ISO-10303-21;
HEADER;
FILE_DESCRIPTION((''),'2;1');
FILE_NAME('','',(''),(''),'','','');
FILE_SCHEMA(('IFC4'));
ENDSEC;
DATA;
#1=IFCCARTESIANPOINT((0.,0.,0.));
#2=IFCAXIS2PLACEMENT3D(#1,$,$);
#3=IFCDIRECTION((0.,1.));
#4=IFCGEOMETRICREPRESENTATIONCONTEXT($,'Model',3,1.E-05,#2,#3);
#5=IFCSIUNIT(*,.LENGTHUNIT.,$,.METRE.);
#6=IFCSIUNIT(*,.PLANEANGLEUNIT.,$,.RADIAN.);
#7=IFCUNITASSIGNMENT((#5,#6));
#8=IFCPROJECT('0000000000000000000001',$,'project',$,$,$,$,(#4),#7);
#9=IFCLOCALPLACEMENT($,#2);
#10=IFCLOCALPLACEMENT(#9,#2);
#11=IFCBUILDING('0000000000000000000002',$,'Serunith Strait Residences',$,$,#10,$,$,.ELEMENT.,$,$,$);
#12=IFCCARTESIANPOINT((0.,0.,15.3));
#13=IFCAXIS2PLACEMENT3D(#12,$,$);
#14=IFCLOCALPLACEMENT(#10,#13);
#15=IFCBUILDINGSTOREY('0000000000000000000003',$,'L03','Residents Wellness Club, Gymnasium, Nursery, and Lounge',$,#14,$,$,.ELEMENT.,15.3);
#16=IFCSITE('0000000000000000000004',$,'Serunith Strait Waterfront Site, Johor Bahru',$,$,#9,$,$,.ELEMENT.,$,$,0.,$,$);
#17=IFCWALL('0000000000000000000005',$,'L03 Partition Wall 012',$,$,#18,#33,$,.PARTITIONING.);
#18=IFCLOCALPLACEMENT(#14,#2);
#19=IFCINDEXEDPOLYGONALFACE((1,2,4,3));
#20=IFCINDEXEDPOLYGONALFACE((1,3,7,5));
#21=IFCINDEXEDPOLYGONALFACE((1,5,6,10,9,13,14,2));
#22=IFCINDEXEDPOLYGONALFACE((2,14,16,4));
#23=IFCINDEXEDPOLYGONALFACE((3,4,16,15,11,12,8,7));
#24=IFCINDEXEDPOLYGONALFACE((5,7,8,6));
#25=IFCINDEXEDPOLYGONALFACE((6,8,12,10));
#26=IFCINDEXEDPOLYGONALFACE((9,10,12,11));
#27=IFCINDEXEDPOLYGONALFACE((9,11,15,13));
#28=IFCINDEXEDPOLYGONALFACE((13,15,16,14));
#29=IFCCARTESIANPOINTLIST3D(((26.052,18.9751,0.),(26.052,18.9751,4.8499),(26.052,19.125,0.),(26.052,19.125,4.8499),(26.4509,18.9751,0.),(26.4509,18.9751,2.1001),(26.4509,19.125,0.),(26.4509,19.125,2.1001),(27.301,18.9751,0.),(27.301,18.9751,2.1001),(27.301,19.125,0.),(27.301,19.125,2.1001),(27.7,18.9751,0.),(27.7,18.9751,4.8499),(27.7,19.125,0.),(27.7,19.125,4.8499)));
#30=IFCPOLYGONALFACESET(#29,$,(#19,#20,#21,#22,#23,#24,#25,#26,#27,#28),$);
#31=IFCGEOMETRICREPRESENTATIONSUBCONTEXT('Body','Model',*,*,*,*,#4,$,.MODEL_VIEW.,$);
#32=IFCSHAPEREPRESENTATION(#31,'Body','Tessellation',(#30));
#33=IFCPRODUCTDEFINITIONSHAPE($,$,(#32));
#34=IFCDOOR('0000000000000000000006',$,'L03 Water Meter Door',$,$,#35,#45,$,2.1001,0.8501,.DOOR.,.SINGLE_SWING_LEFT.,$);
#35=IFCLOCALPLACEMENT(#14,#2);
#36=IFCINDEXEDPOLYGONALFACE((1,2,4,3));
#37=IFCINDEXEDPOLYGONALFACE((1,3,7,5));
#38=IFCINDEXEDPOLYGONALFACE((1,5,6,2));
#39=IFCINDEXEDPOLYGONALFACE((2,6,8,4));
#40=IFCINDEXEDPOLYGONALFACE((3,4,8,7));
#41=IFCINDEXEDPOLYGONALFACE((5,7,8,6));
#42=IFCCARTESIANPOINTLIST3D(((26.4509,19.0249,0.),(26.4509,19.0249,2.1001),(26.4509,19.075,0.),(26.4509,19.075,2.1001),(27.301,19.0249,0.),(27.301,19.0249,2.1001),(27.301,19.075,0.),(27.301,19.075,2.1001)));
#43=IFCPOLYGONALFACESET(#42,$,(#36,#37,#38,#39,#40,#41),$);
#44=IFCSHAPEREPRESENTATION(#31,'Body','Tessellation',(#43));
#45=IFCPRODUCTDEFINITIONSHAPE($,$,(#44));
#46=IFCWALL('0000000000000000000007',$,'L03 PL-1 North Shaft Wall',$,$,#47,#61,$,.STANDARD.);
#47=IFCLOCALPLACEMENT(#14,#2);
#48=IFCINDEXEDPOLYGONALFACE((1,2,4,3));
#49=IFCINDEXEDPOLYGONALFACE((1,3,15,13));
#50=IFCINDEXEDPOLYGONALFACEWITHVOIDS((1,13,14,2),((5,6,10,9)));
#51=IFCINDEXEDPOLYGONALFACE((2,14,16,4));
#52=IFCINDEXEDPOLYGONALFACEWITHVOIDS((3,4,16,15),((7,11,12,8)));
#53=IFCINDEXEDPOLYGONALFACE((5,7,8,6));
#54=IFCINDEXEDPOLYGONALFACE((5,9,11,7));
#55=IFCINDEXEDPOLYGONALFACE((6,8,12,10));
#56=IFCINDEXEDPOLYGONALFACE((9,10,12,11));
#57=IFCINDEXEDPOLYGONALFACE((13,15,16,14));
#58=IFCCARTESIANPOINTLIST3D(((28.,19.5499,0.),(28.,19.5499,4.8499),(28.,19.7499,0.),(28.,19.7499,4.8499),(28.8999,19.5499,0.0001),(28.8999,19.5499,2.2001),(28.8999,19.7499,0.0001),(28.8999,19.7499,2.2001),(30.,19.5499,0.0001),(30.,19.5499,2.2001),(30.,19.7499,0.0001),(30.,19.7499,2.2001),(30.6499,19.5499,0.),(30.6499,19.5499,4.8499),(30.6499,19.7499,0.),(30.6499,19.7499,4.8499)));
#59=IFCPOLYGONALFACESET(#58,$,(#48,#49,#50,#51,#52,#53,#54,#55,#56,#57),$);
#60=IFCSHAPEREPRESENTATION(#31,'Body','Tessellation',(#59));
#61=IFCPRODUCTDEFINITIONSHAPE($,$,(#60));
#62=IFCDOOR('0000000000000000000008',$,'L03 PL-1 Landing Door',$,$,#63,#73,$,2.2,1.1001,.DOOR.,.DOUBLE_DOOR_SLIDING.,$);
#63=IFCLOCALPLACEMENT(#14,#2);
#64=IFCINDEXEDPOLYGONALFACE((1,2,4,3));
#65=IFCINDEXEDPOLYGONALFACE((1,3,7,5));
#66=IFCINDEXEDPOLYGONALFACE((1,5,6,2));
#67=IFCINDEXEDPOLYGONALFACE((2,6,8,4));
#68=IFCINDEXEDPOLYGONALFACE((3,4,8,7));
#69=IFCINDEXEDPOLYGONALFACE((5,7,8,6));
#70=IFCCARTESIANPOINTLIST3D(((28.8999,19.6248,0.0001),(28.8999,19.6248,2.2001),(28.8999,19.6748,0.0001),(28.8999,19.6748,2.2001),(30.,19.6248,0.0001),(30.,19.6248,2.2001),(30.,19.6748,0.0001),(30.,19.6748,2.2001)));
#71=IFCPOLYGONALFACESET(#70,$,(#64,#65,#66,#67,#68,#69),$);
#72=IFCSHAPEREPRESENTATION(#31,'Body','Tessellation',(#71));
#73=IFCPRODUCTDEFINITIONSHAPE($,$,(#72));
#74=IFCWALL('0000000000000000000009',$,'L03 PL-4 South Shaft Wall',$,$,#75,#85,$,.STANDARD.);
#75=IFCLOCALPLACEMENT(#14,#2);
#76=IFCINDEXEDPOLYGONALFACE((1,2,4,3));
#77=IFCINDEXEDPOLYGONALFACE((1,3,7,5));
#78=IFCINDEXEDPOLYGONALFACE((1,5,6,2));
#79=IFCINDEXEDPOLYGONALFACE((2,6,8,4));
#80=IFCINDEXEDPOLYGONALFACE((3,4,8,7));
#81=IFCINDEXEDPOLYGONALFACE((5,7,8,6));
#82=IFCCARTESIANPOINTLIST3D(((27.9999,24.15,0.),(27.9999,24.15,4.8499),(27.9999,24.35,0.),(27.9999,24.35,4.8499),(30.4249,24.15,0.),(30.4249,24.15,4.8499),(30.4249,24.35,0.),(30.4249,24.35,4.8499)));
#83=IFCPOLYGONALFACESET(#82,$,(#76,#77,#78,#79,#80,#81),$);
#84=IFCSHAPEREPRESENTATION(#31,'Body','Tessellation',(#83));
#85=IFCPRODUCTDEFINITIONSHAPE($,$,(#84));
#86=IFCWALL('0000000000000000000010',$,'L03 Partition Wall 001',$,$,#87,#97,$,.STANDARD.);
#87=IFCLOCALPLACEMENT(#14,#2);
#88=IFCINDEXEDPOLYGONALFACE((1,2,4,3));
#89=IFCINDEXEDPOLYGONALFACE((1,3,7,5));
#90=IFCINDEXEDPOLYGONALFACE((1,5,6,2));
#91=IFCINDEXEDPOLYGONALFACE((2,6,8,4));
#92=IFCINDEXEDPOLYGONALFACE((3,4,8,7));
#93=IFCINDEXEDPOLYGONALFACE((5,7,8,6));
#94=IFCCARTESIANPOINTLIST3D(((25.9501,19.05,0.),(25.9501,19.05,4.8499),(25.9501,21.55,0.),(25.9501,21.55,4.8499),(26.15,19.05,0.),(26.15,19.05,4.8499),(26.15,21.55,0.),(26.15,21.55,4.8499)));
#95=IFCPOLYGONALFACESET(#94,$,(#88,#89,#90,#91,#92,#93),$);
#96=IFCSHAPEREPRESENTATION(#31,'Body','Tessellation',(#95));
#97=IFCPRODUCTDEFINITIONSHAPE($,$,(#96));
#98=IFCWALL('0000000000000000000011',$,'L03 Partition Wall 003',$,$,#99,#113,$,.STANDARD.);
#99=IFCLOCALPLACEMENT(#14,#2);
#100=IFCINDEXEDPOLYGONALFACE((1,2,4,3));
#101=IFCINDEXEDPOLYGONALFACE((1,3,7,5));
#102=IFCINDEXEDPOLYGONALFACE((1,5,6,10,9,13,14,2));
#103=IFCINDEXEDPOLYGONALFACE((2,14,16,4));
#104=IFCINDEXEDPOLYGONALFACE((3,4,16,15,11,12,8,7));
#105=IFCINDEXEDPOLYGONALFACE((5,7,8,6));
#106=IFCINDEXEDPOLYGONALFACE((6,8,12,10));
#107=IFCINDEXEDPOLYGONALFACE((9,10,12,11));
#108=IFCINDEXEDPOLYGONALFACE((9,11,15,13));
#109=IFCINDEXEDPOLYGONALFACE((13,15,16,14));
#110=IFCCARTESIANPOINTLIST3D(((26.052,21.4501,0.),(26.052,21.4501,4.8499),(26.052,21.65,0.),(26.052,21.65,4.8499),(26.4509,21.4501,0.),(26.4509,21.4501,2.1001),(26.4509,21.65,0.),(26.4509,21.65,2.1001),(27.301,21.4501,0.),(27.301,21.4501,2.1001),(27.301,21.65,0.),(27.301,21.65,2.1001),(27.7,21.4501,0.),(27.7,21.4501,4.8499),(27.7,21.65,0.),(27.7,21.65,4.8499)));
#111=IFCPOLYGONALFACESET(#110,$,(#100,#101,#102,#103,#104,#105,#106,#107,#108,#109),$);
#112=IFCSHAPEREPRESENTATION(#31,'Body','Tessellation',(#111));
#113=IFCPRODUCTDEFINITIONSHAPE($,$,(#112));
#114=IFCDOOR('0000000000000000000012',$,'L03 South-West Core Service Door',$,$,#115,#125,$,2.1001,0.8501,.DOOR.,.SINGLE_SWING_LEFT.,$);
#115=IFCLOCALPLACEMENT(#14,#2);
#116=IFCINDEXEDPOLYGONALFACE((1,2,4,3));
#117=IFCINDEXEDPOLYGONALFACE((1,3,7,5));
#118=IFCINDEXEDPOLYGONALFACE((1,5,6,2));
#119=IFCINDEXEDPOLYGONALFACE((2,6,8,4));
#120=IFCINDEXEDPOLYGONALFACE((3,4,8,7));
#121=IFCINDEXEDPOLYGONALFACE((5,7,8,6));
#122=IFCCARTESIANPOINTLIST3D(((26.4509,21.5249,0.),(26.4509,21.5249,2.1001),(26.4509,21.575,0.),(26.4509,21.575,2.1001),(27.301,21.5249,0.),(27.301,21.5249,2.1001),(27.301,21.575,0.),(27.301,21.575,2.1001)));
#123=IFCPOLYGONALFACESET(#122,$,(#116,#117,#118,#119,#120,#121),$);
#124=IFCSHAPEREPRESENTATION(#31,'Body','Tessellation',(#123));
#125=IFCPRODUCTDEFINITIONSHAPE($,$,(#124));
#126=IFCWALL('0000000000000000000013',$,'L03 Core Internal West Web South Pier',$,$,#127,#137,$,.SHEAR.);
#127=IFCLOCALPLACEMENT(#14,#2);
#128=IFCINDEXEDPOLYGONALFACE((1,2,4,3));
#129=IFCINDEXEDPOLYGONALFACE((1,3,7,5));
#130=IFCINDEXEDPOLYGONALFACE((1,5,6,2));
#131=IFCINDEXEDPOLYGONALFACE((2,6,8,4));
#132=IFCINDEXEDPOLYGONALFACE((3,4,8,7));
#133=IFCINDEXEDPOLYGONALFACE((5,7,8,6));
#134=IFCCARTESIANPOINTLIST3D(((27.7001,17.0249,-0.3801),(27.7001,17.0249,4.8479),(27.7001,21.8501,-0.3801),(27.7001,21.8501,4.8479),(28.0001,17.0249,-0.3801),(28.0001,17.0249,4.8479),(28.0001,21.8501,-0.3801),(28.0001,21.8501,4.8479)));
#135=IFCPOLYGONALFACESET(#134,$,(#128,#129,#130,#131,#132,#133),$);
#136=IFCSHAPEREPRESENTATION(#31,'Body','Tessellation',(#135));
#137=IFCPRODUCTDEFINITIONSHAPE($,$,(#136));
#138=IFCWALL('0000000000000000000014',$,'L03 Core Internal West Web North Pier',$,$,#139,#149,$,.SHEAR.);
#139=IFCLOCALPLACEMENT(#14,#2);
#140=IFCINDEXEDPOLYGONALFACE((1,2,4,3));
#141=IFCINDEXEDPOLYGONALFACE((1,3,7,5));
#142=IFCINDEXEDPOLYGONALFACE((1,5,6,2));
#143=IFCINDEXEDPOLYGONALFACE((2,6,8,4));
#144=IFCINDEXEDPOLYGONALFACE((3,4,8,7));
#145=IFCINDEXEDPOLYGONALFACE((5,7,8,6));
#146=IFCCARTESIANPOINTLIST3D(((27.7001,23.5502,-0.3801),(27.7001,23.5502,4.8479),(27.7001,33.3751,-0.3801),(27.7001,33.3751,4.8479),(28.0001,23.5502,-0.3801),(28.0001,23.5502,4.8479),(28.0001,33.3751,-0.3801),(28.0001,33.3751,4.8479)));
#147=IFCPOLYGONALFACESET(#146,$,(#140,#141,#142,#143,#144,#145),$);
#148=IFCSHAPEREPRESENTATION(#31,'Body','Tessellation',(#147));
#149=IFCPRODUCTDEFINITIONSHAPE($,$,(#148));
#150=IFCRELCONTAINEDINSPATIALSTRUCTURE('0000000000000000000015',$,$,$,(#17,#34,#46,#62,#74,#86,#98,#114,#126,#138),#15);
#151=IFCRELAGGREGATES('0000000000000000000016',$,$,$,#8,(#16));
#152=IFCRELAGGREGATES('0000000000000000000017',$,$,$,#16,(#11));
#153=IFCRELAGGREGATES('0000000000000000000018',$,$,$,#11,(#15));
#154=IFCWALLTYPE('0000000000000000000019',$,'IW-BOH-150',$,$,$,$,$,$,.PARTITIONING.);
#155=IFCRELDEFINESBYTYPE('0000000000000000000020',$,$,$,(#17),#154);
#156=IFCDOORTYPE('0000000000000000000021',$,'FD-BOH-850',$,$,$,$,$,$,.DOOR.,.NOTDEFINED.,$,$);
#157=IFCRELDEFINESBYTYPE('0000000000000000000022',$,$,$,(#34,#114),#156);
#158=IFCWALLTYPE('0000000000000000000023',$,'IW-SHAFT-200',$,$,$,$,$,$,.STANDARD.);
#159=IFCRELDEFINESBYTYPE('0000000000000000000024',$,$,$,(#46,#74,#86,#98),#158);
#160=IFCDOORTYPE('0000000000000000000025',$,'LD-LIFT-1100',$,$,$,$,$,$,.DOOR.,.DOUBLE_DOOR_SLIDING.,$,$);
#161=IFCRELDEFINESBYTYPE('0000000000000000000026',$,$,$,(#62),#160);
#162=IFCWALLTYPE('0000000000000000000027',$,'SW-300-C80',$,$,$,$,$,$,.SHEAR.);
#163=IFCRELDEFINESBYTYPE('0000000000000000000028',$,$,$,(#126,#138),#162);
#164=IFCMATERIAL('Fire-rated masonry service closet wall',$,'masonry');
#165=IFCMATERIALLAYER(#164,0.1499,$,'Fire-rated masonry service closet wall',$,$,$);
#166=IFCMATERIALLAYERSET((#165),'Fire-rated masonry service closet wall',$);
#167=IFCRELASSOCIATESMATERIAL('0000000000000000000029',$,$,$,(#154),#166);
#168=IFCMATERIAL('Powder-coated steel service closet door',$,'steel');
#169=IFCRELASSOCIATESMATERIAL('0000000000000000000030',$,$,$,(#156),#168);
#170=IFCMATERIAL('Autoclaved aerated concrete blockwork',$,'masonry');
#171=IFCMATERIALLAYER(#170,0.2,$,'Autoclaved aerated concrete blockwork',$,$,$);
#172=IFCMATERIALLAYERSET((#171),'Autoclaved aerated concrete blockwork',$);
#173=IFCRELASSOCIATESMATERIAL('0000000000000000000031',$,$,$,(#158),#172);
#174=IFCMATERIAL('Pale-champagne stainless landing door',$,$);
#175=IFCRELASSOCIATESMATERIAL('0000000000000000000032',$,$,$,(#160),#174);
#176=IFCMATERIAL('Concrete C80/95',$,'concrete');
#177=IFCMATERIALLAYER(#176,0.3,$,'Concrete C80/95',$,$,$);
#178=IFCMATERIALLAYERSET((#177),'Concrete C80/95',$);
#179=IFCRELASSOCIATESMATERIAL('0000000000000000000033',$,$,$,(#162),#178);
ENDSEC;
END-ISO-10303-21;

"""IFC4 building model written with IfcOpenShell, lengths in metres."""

from ifc_helpers import new_model, si_unit, direction, frame, frame_2d, origin, place, context, subcontext, project, spatial, rectangle, extrude, source, transform, mapped, material, layer, layer_set, type_object, element, fill, save


model = new_model("IFC4")

# Units and contexts
model_context = context("Model", 3, precision=1e-05, world=origin(), true_north=direction((0.0, 1.0)))
body_context = subcontext(model_context, "Body", "Model", "MODEL_VIEW")
ifc_project = project(units=[si_unit("LENGTHUNIT", "METRE"), si_unit("PLANEANGLEUNIT", "RADIAN")], contexts=[model_context])

# Site, building, storey
site_placement = place(None, origin())
site = spatial("IfcSite", under=ifc_project, at=site_placement, Name="Serunith Strait Waterfront Site, Johor Bahru", CompositionType="ELEMENT", RefElevation=0.0)
building_placement = place(site_placement, origin())
building = spatial("IfcBuilding", under=site, at=building_placement, Name="Serunith Strait Residences", CompositionType="ELEMENT")
storey_placement = place(building_placement, frame((0.0, 0.0, 15.3)))
storey = spatial("IfcBuildingStorey", under=building, at=storey_placement, Name="L03", Description="Residents Wellness Club, Gymnasium, Nursery, and Lounge", CompositionType="ELEMENT", Elevation=15.3)

# Walls, openings, doors
ifc_material_1 = material(Name="Fire-rated masonry service closet wall", Category="masonry")
ifc_layer_1 = layer(ifc_material_1, 0.1499, Name="Fire-rated masonry service closet wall")
ifc_layer_set_1 = layer_set([ifc_layer_1], Name="Fire-rated masonry service closet wall")
wall_type_1 = type_object("IfcWallType", Name="IW-BOH-150", PredefinedType="PARTITIONING", material=ifc_layer_set_1)
wall_1_placement = place(storey_placement, frame((26.052, 19.05, 0.0), z_axis=(0.0, 0.0, 1.0), x_axis=(1.0, 0.0, 0.0)))
wall_1 = element("IfcWall", 1, at=wall_1_placement, inside=storey, type_object=wall_type_1, Name="L03 Partition Wall 012", PredefinedType="PARTITIONING", context=body_context, shape_type="SweptSolid", body=[
    extrude(rectangle(XDim=1.6479, YDim=0.1499, at=frame_2d((0.824, 0.0))), origin(), (0.0, 0.0, 1.0), 4.8499),
])
opening_1_placement = place(wall_1_placement, frame((0.3989, 0.0, 0.0)))
opening_1 = element("IfcOpeningElement", 2, at=opening_1_placement, cuts=wall_1, PredefinedType="OPENING", context=body_context, shape_type="SweptSolid", body=[
    extrude(rectangle(XDim=0.8501, YDim=2.1001, at=frame_2d((0.425, 1.05))), frame((0.0, 0.085, 0.0), z_axis=(0.0, -1.0, 0.0), x_axis=(1.0, 0.0, 0.0)), (0.0, 0.0, 1.0), 0.1699),
])
ifc_material_2 = material(Name="Powder-coated steel service closet door", Category="steel")
door_type_1 = type_object("IfcDoorType", Name="FD-BOH-850", OperationType="NOTDEFINED", PredefinedType="DOOR", material=ifc_material_2)
shared_shape_1 = source(origin(), body_context, "Body", "SweptSolid", [
    extrude(rectangle(XDim=0.8501, YDim=2.1001, at=frame_2d((0.425, 1.05))), frame((0.0, 0.0249, 0.0), z_axis=(0.0, -1.0, 0.0), x_axis=(1.0, 0.0, 0.0)), (0.0, 0.0, 1.0), 0.05),
])
door_1_placement = place(opening_1_placement, origin())
door_1 = element("IfcDoor", 3, at=door_1_placement, inside=storey, type_object=door_type_1, Name="L03 Water Meter Door", OperationType="SINGLE_SWING_LEFT", OverallHeight=2.1001, OverallWidth=0.8501, PredefinedType="DOOR", context=body_context, shape_type="MappedRepresentation", body=[
    mapped(shared_shape_1, transform((0.0, 0.0, 0.0), scale=1.0)),
])
fill(opening_1, door_1)
ifc_material_3 = material(Name="Autoclaved aerated concrete blockwork", Category="masonry")
ifc_layer_2 = layer(ifc_material_3, 0.2, Name="Autoclaved aerated concrete blockwork")
ifc_layer_set_2 = layer_set([ifc_layer_2], Name="Autoclaved aerated concrete blockwork")
wall_type_2 = type_object("IfcWallType", Name="IW-SHAFT-200", PredefinedType="STANDARD", material=ifc_layer_set_2)
wall_2_placement = place(storey_placement, frame((28.0, 19.6499, 0.0), z_axis=(0.0, 0.0, 1.0), x_axis=(1.0, 0.0, 0.0)))
wall_2 = element("IfcWall", 4, at=wall_2_placement, inside=storey, type_object=wall_type_2, Name="L03 PL-1 North Shaft Wall", PredefinedType="STANDARD", context=body_context, shape_type="SweptSolid", body=[
    extrude(rectangle(XDim=2.6499, YDim=0.2, at=frame_2d((1.325, 0.0))), origin(), (0.0, 0.0, 1.0), 4.8499),
])
opening_2_placement = place(wall_2_placement, frame((0.8999, 0.0, 0.0)))
opening_2 = element("IfcOpeningElement", 5, at=opening_2_placement, cuts=wall_2, PredefinedType="OPENING", context=body_context, shape_type="SweptSolid", body=[
    extrude(rectangle(XDim=1.1001, YDim=2.2, at=frame_2d((0.55, 1.1001))), frame((0.0, 0.1099, 0.0), z_axis=(0.0, -1.0, 0.0), x_axis=(1.0, 0.0, 0.0)), (0.0, 0.0, 1.0), 0.22),
])
ifc_material_4 = material(Name="Pale-champagne stainless landing door")
door_type_2 = type_object("IfcDoorType", Name="LD-LIFT-1100", OperationType="DOUBLE_DOOR_SLIDING", PredefinedType="DOOR", material=ifc_material_4)
shared_shape_2 = source(origin(), body_context, "Body", "SweptSolid", [
    extrude(rectangle(XDim=1.1001, YDim=2.2, at=frame_2d((0.55, 1.1001))), frame((0.0, 0.0249, 0.0), z_axis=(0.0, -1.0, 0.0), x_axis=(1.0, 0.0, 0.0)), (0.0, 0.0, 1.0), 0.05),
])
door_2_placement = place(opening_2_placement, origin())
door_2 = element("IfcDoor", 6, at=door_2_placement, inside=storey, type_object=door_type_2, Name="L03 PL-1 Landing Door", OperationType="DOUBLE_DOOR_SLIDING", OverallHeight=2.2, OverallWidth=1.1001, PredefinedType="DOOR", context=body_context, shape_type="MappedRepresentation", body=[
    mapped(shared_shape_2, transform((0.0, 0.0, 0.0), scale=1.0)),
])
fill(opening_2, door_2)

# Walls
wall_3_placement = place(storey_placement, frame((28.0, 24.25, 0.0), z_axis=(0.0, 0.0, 1.0), x_axis=(1.0, 0.0, 0.0)))
element("IfcWall", 7, at=wall_3_placement, inside=storey, type_object=wall_type_2, Name="L03 PL-4 South Shaft Wall", PredefinedType="STANDARD", context=body_context, shape_type="SweptSolid", body=[
    extrude(rectangle(XDim=2.425, YDim=0.2, at=frame_2d((1.2124, 0.0))), origin(), (0.0, 0.0, 1.0), 4.8499),
])
wall_4_placement = place(storey_placement, frame((26.05, 19.05, 0.0), z_axis=(0.0, 0.0, 1.0), x_axis=(0.0, 1.0, 0.0)))
element("IfcWall", 8, at=wall_4_placement, inside=storey, type_object=wall_type_2, Name="L03 Partition Wall 001", PredefinedType="STANDARD", context=body_context, shape_type="SweptSolid", body=[
    extrude(rectangle(XDim=2.5, YDim=0.2, at=frame_2d((1.25, 0.0))), origin(), (0.0, 0.0, 1.0), 4.8499),
])

# Wall, opening, door
wall_5_placement = place(storey_placement, frame((26.052, 21.55, 0.0), z_axis=(0.0, 0.0, 1.0), x_axis=(1.0, 0.0, 0.0)))
wall_5 = element("IfcWall", 9, at=wall_5_placement, inside=storey, type_object=wall_type_2, Name="L03 Partition Wall 003", PredefinedType="STANDARD", context=body_context, shape_type="SweptSolid", body=[
    extrude(rectangle(XDim=1.6479, YDim=0.2, at=frame_2d((0.824, 0.0))), origin(), (0.0, 0.0, 1.0), 4.8499),
])
opening_3_placement = place(wall_5_placement, frame((0.3989, 0.0, 0.0)))
opening_3 = element("IfcOpeningElement", 10, at=opening_3_placement, cuts=wall_5, PredefinedType="OPENING", context=body_context, shape_type="SweptSolid", body=[
    extrude(rectangle(XDim=0.8501, YDim=2.1001, at=frame_2d((0.425, 1.05))), frame((0.0, 0.1099, 0.0), z_axis=(0.0, -1.0, 0.0), x_axis=(1.0, 0.0, 0.0)), (0.0, 0.0, 1.0), 0.22),
])
door_3_placement = place(opening_3_placement, origin())
door_3 = element("IfcDoor", 11, at=door_3_placement, inside=storey, type_object=door_type_1, Name="L03 South-West Core Service Door", OperationType="SINGLE_SWING_LEFT", OverallHeight=2.1001, OverallWidth=0.8501, PredefinedType="DOOR", context=body_context, shape_type="MappedRepresentation", body=[
    mapped(shared_shape_1, transform((0.0, 0.0, 0.0), scale=1.0)),
])
fill(opening_3, door_3)

# Walls
ifc_material_5 = material(Name="Concrete C80/95", Category="concrete")
ifc_layer_3 = layer(ifc_material_5, 0.3, Name="Concrete C80/95")
ifc_layer_set_3 = layer_set([ifc_layer_3], Name="Concrete C80/95")
wall_type_3 = type_object("IfcWallType", Name="SW-300-C80", PredefinedType="SHEAR", material=ifc_layer_set_3)
wall_6_placement = place(storey_placement, frame((27.8501, 17.0249, -0.3801), z_axis=(0.0, 0.0, 1.0), x_axis=(0.0, 1.0, 0.0)))
element("IfcWall", 12, at=wall_6_placement, inside=storey, type_object=wall_type_3, Name="L03 Core Internal West Web South Pier", PredefinedType="SHEAR", context=body_context, shape_type="SweptSolid", body=[
    extrude(rectangle(XDim=4.8252, YDim=0.3, at=frame_2d((2.4126, 0.0))), origin(), (0.0, 0.0, 1.0), 5.228),
])
wall_7_placement = place(storey_placement, frame((27.8501, 23.55, -0.3801), z_axis=(0.0, 0.0, 1.0), x_axis=(0.0, 1.0, 0.0)))
element("IfcWall", 13, at=wall_7_placement, inside=storey, type_object=wall_type_3, Name="L03 Core Internal West Web North Pier", PredefinedType="SHEAR", context=body_context, shape_type="SweptSolid", body=[
    extrude(rectangle(XDim=9.825, YDim=0.3, at=frame_2d((4.9126, 0.0))), origin(), (0.0, 0.0, 1.0), 5.228),
])

save(model, "model.ifc")
